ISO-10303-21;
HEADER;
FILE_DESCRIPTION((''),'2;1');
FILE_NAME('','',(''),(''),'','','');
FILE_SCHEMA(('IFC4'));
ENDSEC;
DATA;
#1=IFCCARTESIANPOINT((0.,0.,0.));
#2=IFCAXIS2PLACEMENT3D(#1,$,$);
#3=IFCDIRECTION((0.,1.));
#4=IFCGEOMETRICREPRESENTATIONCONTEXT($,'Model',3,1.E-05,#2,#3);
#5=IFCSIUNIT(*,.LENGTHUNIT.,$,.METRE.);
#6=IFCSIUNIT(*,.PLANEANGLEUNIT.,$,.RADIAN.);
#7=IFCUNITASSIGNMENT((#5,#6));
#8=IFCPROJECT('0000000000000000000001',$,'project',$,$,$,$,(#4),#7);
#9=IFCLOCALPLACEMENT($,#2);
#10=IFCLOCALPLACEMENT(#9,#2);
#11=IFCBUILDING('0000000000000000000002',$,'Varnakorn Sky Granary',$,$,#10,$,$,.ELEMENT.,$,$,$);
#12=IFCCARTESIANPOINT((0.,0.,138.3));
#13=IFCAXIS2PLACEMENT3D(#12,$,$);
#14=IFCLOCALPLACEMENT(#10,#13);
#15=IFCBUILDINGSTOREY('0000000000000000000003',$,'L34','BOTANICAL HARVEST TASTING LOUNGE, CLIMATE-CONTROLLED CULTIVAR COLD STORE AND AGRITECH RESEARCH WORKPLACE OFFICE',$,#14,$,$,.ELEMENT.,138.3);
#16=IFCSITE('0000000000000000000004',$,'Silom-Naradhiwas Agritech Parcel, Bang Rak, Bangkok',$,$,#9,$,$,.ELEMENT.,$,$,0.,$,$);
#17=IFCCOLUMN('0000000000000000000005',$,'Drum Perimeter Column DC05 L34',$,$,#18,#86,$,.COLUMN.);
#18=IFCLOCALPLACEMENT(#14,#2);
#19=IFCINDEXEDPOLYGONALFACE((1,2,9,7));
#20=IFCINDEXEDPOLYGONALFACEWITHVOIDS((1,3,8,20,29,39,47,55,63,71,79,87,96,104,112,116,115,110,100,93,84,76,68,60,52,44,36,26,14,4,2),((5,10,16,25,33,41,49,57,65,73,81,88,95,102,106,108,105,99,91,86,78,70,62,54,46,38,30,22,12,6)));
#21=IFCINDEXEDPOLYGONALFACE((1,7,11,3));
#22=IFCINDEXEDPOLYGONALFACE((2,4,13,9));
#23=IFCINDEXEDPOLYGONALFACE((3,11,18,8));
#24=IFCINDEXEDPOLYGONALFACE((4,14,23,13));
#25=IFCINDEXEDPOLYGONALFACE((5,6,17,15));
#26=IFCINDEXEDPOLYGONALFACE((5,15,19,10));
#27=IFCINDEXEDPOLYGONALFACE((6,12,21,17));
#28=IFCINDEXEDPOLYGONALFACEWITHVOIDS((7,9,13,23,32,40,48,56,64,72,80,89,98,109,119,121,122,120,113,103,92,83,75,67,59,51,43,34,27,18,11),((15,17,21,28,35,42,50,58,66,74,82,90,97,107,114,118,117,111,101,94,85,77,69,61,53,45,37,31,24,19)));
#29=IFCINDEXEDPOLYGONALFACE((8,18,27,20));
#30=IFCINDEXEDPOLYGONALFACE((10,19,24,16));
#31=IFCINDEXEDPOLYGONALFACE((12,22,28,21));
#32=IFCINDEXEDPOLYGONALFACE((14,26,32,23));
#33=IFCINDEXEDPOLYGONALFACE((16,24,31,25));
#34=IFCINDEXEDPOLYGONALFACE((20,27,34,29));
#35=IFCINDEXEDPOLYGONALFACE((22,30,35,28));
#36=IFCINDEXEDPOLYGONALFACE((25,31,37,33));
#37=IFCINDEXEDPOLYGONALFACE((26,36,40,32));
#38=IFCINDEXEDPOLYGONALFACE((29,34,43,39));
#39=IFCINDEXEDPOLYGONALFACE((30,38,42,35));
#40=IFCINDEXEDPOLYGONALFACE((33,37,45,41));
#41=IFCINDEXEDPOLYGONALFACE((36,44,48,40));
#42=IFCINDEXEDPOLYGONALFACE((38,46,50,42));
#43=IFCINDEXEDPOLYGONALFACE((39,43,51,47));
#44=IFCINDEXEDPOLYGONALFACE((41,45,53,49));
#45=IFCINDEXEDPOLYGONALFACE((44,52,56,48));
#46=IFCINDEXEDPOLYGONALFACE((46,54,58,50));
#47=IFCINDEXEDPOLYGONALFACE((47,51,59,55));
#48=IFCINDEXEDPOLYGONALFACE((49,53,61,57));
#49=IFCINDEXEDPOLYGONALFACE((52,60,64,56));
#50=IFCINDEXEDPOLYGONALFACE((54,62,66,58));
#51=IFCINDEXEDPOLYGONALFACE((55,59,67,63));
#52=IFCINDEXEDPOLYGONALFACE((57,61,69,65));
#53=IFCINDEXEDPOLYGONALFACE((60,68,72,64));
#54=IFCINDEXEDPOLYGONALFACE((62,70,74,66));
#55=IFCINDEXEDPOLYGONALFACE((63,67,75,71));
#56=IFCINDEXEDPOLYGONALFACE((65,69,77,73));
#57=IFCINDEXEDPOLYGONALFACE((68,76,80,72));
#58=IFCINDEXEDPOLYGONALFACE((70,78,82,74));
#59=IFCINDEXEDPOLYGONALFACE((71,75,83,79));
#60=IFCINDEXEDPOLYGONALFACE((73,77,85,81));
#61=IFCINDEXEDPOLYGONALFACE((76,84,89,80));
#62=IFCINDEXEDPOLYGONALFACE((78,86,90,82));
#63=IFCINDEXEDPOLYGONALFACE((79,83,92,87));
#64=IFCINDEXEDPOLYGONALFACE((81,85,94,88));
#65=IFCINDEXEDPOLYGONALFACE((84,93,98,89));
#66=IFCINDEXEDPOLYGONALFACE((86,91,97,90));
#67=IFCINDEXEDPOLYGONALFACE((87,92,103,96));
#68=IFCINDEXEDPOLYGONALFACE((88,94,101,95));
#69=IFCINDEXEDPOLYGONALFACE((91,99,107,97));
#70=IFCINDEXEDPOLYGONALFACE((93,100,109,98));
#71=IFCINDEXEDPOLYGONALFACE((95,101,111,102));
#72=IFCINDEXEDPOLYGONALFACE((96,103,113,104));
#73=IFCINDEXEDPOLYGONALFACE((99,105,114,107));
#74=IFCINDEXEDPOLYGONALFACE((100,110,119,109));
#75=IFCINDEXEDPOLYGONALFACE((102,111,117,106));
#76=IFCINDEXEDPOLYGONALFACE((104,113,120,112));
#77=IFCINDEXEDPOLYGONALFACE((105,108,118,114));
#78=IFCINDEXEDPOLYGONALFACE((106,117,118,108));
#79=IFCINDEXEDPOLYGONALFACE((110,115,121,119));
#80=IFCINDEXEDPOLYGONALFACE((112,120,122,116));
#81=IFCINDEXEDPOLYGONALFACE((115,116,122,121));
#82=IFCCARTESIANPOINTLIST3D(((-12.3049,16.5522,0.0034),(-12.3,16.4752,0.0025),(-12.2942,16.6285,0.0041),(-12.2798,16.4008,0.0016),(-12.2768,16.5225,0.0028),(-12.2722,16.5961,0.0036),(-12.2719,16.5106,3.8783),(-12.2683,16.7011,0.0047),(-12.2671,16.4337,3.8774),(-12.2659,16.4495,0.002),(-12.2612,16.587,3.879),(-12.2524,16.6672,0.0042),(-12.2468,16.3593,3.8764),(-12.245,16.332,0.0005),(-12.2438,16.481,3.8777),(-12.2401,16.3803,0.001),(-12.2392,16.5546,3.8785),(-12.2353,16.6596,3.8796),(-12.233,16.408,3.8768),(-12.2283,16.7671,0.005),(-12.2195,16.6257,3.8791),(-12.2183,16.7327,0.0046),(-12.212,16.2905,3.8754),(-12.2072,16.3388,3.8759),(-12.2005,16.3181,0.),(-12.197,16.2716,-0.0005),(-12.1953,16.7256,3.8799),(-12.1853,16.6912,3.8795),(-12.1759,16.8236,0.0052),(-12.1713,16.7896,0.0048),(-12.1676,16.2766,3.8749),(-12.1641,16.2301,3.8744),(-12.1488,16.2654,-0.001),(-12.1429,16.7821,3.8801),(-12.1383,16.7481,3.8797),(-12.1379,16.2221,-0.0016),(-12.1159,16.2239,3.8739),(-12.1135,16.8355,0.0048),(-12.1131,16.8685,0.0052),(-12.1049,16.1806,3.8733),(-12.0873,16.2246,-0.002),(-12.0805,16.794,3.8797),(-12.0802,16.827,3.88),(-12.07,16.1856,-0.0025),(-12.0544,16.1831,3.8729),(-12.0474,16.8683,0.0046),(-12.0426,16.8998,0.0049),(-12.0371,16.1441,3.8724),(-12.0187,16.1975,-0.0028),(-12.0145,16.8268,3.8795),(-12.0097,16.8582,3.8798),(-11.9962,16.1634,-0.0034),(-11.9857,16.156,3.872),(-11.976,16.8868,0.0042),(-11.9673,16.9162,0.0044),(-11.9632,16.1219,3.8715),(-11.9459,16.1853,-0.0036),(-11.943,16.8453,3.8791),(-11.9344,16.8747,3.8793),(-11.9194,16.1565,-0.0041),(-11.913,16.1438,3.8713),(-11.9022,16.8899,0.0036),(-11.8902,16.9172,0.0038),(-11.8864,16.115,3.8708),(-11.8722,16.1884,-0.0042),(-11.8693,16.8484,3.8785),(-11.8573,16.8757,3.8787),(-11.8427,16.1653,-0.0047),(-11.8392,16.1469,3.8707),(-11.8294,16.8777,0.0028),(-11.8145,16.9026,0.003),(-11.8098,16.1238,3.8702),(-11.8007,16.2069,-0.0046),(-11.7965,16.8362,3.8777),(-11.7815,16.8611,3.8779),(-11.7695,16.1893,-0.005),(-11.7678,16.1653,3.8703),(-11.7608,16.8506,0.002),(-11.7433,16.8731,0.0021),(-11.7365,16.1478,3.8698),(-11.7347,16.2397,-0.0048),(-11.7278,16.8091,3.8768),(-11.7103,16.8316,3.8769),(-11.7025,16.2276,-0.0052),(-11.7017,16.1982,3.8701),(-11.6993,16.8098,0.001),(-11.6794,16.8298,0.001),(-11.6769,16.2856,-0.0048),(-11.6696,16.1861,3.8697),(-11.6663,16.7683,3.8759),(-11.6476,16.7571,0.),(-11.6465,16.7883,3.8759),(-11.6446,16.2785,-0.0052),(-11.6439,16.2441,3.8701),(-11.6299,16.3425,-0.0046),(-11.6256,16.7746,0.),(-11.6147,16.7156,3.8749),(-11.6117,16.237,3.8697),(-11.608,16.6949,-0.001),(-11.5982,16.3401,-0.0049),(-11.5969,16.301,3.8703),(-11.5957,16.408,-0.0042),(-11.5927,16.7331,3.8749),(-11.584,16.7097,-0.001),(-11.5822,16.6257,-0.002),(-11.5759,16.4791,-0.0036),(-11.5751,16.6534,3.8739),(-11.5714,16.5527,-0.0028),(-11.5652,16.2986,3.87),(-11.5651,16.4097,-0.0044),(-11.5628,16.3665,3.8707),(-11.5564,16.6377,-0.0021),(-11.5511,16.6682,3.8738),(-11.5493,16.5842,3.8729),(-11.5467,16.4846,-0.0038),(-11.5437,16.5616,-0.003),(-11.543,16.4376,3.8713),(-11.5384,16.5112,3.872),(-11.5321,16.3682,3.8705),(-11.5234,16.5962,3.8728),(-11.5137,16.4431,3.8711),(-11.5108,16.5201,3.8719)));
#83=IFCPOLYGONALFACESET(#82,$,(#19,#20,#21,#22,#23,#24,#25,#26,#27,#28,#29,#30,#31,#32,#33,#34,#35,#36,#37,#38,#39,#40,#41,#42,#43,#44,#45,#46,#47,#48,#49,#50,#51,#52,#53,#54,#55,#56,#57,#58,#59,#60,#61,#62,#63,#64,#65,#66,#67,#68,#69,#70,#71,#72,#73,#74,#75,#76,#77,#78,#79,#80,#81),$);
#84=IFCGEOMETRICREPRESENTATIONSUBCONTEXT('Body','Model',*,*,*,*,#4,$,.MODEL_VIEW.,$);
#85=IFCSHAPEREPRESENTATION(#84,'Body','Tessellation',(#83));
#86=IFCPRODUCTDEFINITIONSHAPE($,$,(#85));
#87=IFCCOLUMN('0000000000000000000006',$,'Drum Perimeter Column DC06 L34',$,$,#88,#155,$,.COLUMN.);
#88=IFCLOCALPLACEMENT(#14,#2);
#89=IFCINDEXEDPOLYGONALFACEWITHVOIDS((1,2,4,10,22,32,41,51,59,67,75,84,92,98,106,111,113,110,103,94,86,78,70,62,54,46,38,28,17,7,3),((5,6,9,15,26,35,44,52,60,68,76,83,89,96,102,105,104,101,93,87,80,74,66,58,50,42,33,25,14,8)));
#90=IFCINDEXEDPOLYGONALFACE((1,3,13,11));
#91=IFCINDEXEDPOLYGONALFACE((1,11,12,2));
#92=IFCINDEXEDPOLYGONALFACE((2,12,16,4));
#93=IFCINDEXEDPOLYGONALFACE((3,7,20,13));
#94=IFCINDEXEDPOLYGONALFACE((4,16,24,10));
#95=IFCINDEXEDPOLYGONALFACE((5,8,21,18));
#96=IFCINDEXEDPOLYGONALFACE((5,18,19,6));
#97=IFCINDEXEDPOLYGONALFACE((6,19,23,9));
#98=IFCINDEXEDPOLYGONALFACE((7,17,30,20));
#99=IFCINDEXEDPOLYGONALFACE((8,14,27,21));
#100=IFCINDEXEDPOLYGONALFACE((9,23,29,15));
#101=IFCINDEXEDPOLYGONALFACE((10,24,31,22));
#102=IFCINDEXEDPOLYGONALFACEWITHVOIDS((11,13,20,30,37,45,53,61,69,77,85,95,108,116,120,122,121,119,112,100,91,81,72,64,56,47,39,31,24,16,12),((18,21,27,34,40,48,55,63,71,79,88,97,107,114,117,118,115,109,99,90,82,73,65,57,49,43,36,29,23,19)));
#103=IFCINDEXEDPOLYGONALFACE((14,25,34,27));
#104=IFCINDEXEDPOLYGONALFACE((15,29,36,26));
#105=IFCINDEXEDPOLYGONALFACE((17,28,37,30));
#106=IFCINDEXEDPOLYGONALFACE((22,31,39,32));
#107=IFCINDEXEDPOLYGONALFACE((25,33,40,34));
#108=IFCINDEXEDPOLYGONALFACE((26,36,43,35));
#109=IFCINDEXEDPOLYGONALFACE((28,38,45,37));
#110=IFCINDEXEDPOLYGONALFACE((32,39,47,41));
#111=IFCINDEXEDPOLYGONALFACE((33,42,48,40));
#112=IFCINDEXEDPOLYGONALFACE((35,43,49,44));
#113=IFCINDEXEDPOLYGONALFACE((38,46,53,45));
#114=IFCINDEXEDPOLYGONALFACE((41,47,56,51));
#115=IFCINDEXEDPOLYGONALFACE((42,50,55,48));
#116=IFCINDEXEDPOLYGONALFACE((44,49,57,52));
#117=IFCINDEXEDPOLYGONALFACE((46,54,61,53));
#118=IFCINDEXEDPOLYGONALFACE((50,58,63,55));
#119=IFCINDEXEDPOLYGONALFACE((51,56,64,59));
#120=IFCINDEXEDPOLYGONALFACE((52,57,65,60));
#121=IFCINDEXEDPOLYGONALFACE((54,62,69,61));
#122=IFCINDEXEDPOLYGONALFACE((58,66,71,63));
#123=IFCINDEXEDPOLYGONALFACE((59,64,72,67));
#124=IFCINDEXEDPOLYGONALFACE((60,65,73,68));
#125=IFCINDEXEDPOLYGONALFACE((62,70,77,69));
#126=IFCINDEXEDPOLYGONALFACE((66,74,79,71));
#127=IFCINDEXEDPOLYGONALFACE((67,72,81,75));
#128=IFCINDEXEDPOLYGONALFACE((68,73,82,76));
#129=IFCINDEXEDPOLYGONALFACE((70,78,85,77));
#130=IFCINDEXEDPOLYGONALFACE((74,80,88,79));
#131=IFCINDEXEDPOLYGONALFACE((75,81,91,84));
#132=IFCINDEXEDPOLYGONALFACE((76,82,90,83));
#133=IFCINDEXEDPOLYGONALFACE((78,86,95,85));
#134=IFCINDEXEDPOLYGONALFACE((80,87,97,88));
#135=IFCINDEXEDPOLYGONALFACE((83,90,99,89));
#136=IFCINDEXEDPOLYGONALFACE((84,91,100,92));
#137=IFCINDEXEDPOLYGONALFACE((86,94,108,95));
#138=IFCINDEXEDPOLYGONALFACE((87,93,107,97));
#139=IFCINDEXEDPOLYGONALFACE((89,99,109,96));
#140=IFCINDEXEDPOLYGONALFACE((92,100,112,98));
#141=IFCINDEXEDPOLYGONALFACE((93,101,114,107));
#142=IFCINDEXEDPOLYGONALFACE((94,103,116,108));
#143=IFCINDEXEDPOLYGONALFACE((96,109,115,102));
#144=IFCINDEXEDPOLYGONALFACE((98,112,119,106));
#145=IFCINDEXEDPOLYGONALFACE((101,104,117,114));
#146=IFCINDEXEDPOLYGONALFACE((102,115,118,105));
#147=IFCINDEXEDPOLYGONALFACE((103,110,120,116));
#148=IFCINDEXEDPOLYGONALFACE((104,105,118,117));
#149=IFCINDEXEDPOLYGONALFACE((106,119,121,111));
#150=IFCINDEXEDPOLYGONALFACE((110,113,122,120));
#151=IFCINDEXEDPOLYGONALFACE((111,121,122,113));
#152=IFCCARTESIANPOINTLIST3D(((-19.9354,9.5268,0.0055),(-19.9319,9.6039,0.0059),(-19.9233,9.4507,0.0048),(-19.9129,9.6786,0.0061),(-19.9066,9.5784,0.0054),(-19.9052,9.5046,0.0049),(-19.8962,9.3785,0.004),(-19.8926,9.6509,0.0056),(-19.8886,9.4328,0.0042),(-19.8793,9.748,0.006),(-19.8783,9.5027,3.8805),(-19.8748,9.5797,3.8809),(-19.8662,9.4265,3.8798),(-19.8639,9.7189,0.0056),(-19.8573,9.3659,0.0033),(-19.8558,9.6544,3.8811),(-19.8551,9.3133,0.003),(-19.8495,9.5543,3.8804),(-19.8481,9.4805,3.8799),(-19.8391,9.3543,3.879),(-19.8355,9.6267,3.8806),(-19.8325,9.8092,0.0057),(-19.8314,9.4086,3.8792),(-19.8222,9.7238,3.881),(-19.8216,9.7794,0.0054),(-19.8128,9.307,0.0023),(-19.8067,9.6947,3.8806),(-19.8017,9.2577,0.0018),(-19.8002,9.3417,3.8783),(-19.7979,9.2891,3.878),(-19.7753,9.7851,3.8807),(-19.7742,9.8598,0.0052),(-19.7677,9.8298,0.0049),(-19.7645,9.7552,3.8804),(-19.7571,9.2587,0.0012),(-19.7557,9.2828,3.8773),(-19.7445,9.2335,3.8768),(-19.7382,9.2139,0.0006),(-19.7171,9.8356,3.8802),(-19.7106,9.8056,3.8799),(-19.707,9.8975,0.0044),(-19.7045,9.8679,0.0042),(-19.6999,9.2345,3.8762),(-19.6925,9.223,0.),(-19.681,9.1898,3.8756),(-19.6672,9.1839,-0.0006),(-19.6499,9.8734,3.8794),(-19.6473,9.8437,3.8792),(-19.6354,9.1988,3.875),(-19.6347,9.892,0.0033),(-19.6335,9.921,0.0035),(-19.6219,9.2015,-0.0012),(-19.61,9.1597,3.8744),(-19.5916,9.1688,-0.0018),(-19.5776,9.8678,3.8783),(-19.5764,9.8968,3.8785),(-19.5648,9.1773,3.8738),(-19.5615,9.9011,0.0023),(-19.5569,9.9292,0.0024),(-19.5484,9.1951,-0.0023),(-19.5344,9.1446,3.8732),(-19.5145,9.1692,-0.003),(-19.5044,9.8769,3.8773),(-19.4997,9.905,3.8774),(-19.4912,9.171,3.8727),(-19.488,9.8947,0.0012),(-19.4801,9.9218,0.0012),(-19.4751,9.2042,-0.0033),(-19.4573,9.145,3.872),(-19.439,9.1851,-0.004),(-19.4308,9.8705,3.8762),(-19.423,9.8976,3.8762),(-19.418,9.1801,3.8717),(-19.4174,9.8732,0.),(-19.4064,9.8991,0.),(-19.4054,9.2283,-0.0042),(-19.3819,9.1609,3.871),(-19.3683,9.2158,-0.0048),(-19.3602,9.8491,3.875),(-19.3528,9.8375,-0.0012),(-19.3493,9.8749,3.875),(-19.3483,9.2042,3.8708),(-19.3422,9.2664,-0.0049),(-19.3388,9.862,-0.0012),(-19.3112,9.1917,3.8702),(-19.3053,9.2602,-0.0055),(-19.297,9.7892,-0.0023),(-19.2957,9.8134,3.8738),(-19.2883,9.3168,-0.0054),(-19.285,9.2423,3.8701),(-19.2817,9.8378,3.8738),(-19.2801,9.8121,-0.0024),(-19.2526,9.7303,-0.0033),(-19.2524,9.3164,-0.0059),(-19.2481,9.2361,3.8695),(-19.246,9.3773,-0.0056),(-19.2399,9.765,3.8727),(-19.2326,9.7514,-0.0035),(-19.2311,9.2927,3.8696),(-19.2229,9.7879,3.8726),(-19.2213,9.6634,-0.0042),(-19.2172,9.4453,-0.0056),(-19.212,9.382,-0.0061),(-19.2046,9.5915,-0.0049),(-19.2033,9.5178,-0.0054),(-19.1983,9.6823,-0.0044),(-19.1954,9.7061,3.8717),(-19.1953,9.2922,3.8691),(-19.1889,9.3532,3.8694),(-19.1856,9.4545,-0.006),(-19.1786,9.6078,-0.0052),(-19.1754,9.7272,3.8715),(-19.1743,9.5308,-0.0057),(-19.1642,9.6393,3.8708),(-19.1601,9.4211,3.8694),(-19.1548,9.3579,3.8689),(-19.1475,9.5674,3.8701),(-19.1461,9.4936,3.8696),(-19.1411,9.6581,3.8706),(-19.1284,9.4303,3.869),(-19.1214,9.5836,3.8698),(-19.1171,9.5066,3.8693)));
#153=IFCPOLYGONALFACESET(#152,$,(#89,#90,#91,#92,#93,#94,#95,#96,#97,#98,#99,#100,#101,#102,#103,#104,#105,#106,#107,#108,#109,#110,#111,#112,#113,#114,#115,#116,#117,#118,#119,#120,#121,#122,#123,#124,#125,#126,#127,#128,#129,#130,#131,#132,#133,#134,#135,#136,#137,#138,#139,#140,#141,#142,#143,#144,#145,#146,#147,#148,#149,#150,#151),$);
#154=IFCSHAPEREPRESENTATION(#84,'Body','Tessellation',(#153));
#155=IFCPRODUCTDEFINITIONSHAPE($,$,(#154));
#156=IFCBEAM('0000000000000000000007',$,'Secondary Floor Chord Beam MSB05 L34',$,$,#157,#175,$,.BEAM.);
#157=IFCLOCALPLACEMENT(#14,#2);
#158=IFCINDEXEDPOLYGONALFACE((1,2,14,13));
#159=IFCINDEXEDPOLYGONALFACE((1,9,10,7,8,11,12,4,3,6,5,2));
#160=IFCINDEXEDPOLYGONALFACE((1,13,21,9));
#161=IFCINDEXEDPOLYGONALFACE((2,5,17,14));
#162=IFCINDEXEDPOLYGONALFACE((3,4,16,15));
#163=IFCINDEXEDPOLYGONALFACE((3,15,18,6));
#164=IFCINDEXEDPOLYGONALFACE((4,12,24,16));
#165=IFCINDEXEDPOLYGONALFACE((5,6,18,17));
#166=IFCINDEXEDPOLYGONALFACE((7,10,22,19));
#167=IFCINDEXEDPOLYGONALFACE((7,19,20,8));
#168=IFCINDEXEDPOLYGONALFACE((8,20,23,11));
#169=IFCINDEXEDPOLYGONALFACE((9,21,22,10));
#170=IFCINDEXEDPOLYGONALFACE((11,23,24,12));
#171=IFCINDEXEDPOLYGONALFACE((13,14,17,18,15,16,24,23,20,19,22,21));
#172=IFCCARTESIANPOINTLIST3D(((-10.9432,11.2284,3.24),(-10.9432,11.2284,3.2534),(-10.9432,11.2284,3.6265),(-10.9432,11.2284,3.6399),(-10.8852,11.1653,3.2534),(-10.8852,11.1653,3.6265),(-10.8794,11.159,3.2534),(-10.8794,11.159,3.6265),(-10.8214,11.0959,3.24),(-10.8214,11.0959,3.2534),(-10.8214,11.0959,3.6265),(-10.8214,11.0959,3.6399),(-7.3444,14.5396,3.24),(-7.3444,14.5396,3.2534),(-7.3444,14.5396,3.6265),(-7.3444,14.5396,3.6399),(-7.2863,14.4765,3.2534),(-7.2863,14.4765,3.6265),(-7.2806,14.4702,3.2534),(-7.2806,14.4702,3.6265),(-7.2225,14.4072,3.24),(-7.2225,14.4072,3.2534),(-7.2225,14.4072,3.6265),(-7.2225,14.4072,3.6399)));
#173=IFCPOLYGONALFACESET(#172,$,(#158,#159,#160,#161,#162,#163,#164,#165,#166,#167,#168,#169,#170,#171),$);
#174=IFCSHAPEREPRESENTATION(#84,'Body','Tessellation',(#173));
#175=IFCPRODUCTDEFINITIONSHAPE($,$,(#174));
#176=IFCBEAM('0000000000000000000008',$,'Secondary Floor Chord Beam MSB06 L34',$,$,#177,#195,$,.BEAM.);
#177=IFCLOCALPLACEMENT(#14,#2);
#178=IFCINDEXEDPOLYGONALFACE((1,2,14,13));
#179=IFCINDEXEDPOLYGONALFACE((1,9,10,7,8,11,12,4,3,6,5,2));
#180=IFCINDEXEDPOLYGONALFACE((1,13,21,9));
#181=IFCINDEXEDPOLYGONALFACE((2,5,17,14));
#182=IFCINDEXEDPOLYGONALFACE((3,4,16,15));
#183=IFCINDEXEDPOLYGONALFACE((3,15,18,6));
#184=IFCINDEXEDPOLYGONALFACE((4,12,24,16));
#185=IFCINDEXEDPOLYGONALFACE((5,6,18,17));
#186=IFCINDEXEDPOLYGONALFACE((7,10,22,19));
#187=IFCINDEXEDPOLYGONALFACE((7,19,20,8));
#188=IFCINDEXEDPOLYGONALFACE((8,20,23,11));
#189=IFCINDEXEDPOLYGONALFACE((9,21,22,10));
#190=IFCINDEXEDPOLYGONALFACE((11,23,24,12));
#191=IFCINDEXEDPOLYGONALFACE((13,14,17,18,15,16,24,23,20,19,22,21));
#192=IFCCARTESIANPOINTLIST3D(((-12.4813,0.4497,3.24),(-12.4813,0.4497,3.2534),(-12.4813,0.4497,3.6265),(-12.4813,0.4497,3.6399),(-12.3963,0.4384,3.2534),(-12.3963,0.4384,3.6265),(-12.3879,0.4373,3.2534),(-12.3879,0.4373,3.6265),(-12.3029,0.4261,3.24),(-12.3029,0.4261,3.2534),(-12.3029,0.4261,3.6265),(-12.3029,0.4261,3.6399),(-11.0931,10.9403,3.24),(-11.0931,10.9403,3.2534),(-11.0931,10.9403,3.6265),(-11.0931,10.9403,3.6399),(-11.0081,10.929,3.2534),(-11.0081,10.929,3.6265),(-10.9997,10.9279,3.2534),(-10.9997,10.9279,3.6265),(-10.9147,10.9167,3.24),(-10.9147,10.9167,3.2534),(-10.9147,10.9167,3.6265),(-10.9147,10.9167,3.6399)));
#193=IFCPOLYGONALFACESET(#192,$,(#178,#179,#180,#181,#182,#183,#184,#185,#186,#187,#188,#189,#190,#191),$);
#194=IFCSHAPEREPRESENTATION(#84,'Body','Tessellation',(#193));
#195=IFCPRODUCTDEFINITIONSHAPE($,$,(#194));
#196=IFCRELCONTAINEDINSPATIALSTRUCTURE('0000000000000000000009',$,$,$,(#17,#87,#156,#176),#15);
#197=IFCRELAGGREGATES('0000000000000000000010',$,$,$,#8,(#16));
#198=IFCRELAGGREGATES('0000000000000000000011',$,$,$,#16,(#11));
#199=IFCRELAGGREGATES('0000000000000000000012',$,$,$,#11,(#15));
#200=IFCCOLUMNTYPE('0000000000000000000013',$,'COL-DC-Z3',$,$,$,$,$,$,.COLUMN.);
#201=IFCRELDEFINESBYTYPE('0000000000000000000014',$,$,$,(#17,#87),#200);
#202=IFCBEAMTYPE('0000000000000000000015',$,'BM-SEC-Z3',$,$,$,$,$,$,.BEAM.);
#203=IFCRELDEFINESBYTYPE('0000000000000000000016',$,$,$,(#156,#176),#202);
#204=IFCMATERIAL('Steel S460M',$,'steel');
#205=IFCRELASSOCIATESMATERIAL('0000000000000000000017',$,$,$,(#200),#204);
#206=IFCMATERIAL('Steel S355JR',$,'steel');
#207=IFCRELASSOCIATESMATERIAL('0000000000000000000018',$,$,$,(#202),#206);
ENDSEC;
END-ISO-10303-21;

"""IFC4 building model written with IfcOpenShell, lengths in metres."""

from ifc_helpers import new_model, si_unit, direction, frame, origin, origin_2d, place, context, subcontext, project, spatial, hollow_circle, i_section, extrude, material, material_profile, profile_set, type_object, element, save


model = new_model("IFC4")

# Units and contexts
model_context = context("Model", 3, precision=1e-05, world=origin(), true_north=direction((0.0, 1.0)))
body_context = subcontext(model_context, "Body", "Model", "MODEL_VIEW")
ifc_project = project(units=[si_unit("LENGTHUNIT", "METRE"), si_unit("PLANEANGLEUNIT", "RADIAN")], contexts=[model_context])

# Site, building, storey
site_placement = place(None, origin())
site = spatial("IfcSite", under=ifc_project, at=site_placement, Name="Silom-Naradhiwas Agritech Parcel, Bang Rak, Bangkok", CompositionType="ELEMENT", RefElevation=0.0)
building_placement = place(site_placement, origin())
building = spatial("IfcBuilding", under=site, at=building_placement, Name="Varnakorn Sky Granary", CompositionType="ELEMENT")
storey_placement = place(building_placement, frame((0.0, 0.0, 138.3)))
storey = spatial("IfcBuildingStorey", under=building, at=storey_placement, Name="L34", Description="BOTANICAL HARVEST TASTING LOUNGE, CLIMATE-CONTROLLED CULTIVAR COLD STORE AND AGRITECH RESEARCH WORKPLACE OFFICE", CompositionType="ELEMENT", Elevation=138.3)

# Columns
ifc_material_1 = material(Name="Steel S460M", Category="steel")
ifc_material_profile_1 = material_profile(ifc_material_1, hollow_circle(Radius=0.3811, WallThickness=0.0281, at=origin_2d()), Name="CHS 762x28")
ifc_profile_set_1 = profile_set([ifc_material_profile_1], Name="Steel S460M")
column_type = type_object("IfcColumnType", Name="COL-DC-Z3", PredefinedType="COLUMN", material=ifc_profile_set_1)
column_1_placement = place(storey_placement, frame((-11.9241, 16.5376, 0.0), z_axis=(0.008505, -0.01071, 0.999906), x_axis=(0.783111, 0.621882, 0.0)))
element("IfcColumn", 1, at=column_1_placement, inside=storey, type_object=column_type, Name="Drum Perimeter Column DC05 L34", PredefinedType="COLUMN", context=body_context, shape_type="SweptSolid", body=[
    extrude(hollow_circle(Radius=0.3811, WallThickness=0.0281, at=origin_2d()), origin(), (0.0, 0.0, 1.0), 3.8752),
])
column_2_placement = place(storey_placement, frame((-19.5549, 9.5481, 0.0), z_axis=(0.014741, -0.006237, 0.999872), x_axis=(0.38964, 0.920967, 0.0)))
element("IfcColumn", 2, at=column_2_placement, inside=storey, type_object=column_type, Name="Drum Perimeter Column DC06 L34", PredefinedType="COLUMN", context=body_context, shape_type="SweptSolid", body=[
    extrude(hollow_circle(Radius=0.3811, WallThickness=0.0281, at=origin_2d()), origin(), (0.0, 0.0, 1.0), 3.8755),
])

# Beams
ifc_material_2 = material(Name="Steel S355JR", Category="steel")
ifc_material_profile_2 = material_profile(ifc_material_2, i_section(OverallWidth=0.1799, OverallDepth=0.3999, WebThickness=0.0085, FlangeThickness=0.0134, at=origin_2d()), Name="IPE 400")
ifc_profile_set_2 = profile_set([ifc_material_profile_2], Name="Steel S355JR")
beam_type_1 = type_object("IfcBeamType", Name="BM-SEC-Z3", PredefinedType="BEAM", material=ifc_profile_set_2)
beam_1_placement = place(storey_placement, frame((-7.2834, 14.4734, 3.4399), z_axis=(-0.735899, -0.677091, 0.0), x_axis=(0.677091, -0.735899, 0.0)))
element("IfcBeam", 3, at=beam_1_placement, inside=storey, type_object=beam_type_1, Name="Secondary Floor Chord Beam MSB05 L34", PredefinedType="BEAM", context=body_context, shape_type="SweptSolid", body=[
    extrude(i_section(OverallWidth=0.1799, OverallDepth=0.3999, WebThickness=0.0085, FlangeThickness=0.0134, at=origin_2d()), origin(), (0.0, 0.0, 1.0), 4.8904),
])
beam_2_placement = place(storey_placement, frame((-11.0039, 10.9285, 3.4399), z_axis=(-0.131184, -0.991358, 0.0), x_axis=(0.991358, -0.131184, 0.0)))
element("IfcBeam", 4, at=beam_2_placement, inside=storey, type_object=beam_type_1, Name="Secondary Floor Chord Beam MSB06 L34", PredefinedType="BEAM", context=body_context, shape_type="SweptSolid", body=[
    extrude(i_section(OverallWidth=0.1799, OverallDepth=0.3999, WebThickness=0.0085, FlangeThickness=0.0134, at=origin_2d()), origin(), (0.0, 0.0, 1.0), 10.582),
])

save(model, "model.ifc")
